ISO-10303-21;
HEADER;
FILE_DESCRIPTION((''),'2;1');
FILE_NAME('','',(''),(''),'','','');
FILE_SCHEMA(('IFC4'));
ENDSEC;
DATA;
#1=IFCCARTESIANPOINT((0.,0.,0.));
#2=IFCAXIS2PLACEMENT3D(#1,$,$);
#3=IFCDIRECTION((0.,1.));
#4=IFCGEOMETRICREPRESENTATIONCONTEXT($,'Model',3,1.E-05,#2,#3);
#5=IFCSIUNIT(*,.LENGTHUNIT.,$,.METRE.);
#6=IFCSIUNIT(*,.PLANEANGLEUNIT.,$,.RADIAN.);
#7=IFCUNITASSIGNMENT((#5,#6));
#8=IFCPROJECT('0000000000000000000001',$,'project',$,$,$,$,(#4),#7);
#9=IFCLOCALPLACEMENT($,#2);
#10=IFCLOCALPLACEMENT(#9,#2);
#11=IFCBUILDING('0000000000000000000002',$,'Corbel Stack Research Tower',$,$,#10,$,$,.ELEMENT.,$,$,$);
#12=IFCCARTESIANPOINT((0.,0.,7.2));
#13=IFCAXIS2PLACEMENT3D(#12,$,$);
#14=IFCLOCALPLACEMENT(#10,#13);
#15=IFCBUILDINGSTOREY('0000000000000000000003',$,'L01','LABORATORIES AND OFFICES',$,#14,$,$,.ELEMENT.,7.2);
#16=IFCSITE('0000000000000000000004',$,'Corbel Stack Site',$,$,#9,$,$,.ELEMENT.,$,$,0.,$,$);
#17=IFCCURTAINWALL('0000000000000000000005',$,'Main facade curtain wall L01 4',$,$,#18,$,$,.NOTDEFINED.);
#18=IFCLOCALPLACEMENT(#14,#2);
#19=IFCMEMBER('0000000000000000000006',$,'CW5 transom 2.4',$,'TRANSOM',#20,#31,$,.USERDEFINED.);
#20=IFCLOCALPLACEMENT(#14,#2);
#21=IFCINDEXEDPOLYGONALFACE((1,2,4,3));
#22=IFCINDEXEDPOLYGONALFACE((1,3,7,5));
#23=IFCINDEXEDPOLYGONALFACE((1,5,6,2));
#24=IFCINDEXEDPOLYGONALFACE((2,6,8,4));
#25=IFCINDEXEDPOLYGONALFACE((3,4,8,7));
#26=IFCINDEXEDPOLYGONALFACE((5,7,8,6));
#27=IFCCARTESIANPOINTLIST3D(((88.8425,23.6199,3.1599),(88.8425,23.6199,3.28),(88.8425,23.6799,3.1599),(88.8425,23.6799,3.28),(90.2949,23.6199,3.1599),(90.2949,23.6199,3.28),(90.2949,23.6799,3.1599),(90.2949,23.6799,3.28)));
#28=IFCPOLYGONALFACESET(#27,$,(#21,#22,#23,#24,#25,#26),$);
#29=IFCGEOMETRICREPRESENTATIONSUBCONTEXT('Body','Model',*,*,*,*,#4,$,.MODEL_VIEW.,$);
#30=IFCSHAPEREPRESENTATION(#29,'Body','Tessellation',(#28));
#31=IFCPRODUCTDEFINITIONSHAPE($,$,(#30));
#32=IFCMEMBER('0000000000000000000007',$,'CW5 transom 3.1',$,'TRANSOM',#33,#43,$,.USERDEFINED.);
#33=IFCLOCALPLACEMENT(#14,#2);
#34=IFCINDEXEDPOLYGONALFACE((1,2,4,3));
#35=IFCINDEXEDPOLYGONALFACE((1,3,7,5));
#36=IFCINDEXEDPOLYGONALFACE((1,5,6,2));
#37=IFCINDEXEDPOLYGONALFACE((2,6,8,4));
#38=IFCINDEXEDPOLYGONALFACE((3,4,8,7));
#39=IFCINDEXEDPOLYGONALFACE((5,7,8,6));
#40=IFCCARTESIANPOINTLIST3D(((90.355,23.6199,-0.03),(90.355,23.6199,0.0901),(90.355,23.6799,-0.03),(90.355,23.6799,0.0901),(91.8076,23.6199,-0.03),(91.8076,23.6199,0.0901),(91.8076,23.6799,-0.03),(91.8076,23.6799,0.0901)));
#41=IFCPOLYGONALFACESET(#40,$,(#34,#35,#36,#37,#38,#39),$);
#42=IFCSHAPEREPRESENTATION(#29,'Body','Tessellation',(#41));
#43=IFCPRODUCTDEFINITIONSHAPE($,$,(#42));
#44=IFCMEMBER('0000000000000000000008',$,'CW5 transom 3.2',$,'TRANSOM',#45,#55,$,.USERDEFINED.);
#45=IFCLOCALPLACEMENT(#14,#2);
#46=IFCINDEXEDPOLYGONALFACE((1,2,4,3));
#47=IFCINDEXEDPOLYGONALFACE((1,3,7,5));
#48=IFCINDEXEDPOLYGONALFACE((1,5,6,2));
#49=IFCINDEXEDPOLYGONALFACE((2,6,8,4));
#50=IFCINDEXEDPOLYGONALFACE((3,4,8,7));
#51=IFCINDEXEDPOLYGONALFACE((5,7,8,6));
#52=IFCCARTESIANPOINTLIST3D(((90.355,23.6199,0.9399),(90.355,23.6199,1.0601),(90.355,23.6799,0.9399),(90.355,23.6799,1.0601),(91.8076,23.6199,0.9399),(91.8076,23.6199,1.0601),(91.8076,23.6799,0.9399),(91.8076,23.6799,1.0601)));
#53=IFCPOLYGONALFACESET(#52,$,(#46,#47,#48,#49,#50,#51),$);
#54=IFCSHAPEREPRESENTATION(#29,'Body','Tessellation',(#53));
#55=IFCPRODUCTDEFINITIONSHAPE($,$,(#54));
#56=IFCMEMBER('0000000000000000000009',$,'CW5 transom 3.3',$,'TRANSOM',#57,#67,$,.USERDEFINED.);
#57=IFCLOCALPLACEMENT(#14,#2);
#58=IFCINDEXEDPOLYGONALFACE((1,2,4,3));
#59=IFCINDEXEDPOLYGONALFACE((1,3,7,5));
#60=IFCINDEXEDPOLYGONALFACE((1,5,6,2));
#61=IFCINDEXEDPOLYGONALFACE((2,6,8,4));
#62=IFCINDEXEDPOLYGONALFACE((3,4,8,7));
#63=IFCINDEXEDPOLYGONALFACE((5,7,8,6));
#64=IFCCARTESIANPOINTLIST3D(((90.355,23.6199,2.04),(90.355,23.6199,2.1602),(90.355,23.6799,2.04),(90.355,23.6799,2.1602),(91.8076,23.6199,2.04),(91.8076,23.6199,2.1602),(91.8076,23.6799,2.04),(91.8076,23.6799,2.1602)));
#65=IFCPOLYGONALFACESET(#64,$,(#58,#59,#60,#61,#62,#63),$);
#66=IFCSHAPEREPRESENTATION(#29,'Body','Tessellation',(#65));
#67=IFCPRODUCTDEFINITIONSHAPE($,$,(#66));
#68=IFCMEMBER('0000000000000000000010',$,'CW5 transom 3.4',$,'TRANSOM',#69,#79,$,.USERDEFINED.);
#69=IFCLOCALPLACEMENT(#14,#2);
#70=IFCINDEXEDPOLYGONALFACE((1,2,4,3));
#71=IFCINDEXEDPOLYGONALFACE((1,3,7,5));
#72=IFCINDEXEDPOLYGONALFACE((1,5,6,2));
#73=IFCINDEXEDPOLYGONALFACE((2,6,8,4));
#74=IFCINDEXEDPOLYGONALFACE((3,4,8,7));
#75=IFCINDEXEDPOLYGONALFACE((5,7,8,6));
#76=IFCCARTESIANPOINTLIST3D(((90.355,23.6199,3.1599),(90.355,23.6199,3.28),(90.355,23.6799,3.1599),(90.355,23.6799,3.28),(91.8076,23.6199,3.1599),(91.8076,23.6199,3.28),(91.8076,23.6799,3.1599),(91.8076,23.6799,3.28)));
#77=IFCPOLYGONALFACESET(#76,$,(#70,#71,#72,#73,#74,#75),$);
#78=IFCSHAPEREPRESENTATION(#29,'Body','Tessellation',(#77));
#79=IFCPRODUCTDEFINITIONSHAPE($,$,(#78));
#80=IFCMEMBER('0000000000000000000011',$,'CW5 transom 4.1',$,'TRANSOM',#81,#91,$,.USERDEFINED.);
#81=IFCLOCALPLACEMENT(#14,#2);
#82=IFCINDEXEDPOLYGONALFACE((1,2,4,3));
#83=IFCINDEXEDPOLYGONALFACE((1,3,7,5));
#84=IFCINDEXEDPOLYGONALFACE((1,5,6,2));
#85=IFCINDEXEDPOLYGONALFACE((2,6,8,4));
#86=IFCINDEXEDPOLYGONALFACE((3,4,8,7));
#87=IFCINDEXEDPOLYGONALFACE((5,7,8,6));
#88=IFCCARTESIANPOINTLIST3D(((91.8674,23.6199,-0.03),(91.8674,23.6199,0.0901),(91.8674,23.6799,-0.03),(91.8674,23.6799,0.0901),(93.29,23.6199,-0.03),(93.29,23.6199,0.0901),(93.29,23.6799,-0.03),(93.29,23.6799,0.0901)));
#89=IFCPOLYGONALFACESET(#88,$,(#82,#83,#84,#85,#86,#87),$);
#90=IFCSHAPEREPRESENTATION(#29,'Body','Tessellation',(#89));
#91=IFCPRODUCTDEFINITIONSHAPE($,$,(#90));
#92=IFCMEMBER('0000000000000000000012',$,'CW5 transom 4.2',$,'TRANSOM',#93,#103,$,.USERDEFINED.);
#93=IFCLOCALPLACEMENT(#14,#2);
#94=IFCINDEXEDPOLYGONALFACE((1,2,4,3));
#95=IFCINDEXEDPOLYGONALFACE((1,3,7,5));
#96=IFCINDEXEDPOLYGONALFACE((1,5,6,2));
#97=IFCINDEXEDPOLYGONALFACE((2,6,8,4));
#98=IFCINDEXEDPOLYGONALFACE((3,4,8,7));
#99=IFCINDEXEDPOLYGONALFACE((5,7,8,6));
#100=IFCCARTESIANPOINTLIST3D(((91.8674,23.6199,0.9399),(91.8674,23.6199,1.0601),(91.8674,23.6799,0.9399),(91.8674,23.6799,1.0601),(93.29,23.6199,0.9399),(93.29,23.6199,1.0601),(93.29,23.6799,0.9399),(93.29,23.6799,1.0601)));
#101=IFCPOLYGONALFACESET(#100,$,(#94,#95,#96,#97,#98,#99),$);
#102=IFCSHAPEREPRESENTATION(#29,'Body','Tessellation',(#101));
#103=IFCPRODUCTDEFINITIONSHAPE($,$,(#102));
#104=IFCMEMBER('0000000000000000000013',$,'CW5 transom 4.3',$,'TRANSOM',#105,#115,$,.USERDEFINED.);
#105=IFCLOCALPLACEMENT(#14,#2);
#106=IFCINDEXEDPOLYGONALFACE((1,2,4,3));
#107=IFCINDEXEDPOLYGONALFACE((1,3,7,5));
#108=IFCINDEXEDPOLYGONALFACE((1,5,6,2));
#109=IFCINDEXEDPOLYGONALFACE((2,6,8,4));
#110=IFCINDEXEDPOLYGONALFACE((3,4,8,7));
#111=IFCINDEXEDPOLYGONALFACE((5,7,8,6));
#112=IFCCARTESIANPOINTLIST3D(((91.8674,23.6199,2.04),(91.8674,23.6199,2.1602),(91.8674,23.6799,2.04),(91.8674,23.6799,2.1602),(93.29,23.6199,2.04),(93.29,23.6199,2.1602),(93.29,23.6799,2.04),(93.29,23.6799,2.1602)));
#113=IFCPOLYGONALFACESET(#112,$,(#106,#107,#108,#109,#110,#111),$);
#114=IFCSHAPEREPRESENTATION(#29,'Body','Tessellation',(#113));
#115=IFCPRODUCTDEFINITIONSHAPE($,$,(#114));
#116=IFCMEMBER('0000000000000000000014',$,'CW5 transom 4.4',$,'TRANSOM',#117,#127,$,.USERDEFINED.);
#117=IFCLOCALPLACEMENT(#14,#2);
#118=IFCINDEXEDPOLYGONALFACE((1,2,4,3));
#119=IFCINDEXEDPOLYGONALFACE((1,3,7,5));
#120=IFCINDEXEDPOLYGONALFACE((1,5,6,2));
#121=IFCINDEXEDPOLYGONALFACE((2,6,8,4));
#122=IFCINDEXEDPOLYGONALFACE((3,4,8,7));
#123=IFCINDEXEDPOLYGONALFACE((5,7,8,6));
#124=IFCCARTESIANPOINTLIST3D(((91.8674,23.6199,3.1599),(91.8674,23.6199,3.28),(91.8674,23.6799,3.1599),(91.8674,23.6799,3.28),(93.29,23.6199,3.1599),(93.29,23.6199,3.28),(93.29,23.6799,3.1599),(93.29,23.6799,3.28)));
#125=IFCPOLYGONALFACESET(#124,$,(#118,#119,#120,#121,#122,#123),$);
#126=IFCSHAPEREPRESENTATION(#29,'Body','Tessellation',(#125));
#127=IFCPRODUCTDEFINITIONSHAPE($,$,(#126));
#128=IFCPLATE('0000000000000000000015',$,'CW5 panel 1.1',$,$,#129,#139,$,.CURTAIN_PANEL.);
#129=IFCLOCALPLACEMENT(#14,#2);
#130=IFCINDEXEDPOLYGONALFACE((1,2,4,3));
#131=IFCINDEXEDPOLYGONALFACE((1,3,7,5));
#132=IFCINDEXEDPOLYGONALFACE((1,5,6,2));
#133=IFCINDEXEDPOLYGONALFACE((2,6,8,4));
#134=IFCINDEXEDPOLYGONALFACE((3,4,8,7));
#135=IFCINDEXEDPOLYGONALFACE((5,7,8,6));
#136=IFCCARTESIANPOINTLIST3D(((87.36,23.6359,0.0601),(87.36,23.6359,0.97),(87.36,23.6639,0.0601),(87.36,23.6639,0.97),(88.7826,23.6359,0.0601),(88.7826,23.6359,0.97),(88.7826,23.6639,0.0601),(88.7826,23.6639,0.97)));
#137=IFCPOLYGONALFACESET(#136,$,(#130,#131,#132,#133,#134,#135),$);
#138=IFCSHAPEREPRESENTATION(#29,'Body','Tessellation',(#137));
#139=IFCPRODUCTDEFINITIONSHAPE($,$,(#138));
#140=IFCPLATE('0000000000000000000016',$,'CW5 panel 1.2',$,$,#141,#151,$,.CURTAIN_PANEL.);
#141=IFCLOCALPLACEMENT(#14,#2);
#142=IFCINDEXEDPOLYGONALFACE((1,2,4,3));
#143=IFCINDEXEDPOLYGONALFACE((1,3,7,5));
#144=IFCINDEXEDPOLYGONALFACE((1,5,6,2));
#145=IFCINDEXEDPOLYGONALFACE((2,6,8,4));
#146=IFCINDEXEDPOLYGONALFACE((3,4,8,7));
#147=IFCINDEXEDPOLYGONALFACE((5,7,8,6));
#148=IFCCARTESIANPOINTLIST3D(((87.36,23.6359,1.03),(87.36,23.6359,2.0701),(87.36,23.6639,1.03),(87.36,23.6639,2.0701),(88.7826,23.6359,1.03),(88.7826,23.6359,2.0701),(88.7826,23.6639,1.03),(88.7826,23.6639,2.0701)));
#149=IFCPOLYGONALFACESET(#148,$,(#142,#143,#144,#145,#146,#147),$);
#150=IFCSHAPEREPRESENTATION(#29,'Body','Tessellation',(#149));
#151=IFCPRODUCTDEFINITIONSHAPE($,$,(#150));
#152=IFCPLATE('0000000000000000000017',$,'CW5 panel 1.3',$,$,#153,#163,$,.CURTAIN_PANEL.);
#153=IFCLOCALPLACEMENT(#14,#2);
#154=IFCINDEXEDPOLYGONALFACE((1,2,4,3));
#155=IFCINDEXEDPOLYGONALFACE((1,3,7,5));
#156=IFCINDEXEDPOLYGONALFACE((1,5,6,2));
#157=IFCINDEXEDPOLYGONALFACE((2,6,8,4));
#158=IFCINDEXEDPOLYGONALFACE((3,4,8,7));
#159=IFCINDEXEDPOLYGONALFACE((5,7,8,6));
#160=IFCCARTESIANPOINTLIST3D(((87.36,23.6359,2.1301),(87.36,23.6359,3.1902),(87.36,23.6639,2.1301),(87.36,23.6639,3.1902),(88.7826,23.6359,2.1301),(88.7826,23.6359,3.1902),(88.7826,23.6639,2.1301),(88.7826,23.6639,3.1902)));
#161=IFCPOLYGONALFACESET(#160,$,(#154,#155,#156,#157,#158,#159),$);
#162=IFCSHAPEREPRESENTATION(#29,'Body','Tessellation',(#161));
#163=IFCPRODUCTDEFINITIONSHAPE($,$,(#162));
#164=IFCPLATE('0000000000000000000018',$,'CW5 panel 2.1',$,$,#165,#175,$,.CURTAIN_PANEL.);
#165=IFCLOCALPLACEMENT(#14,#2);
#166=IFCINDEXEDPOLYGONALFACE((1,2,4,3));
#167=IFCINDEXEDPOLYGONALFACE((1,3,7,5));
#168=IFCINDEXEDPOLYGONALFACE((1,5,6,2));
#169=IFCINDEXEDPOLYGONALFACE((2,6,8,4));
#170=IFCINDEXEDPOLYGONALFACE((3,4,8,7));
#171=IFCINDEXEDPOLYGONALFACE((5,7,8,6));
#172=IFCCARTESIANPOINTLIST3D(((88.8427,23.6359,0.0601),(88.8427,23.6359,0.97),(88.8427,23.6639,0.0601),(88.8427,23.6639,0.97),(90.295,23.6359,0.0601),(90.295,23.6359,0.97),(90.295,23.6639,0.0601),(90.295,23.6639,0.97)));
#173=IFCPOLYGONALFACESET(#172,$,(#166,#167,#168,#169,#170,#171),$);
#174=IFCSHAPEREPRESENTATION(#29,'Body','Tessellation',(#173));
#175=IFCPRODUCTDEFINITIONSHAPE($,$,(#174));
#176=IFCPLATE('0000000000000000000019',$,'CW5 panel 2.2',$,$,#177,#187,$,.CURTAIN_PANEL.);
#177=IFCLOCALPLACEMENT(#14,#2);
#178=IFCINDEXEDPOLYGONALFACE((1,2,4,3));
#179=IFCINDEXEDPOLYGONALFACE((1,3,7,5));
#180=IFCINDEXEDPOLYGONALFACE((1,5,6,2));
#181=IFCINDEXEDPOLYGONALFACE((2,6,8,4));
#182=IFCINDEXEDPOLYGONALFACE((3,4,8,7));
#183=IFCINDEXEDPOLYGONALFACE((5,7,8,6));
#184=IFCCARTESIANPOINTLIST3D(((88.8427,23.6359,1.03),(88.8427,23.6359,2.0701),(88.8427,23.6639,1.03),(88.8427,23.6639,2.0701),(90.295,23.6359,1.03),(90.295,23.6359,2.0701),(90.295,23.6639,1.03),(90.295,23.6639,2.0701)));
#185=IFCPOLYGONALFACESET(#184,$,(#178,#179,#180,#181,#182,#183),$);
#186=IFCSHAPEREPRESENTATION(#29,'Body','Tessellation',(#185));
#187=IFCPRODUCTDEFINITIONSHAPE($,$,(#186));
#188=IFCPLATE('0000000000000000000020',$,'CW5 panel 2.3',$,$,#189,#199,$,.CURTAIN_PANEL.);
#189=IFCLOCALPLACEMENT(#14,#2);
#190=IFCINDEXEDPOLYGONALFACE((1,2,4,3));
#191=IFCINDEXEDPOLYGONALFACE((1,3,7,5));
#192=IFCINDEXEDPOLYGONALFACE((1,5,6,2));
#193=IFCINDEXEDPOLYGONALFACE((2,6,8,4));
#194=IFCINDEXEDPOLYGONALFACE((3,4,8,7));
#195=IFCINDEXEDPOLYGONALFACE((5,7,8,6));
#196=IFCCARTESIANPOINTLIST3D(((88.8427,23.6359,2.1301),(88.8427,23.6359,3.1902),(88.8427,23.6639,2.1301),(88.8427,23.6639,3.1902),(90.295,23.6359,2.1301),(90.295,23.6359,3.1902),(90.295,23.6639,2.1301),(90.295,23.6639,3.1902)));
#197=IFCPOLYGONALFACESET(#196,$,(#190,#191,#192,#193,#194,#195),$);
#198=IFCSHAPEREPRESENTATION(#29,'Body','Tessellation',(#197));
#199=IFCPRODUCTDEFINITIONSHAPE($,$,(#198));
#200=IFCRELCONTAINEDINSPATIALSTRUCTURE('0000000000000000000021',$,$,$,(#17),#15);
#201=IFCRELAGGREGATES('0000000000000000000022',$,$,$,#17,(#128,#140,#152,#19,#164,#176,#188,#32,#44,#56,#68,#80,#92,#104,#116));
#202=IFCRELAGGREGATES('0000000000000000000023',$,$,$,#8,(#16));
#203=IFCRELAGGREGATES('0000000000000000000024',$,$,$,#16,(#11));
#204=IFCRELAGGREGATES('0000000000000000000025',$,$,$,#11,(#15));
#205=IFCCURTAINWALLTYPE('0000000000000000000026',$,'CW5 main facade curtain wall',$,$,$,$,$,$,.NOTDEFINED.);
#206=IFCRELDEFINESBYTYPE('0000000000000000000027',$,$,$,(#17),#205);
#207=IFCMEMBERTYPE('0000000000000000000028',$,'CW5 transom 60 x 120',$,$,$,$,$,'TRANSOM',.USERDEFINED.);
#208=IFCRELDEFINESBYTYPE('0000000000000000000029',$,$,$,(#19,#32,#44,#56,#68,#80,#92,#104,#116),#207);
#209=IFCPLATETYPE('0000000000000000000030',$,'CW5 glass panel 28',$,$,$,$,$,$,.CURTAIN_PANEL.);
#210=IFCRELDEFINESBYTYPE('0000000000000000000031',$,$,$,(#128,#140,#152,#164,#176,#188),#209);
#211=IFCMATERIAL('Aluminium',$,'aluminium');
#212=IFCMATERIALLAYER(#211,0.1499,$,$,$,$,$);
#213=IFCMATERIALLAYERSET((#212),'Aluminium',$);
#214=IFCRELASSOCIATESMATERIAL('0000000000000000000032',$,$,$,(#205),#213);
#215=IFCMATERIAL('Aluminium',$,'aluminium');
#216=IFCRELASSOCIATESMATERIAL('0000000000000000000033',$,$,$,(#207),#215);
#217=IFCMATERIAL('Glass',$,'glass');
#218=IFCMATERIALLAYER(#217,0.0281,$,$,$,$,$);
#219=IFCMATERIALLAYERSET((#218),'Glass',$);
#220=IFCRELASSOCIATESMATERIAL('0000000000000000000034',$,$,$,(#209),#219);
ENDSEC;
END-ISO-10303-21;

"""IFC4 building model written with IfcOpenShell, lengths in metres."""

from ifc_helpers import new_model, si_unit, direction, frame, origin, origin_2d, place, context, subcontext, project, spatial, rectangle, extrude, material, layer, layer_set, material_profile, profile_set, type_object, element, aggregate, save


model = new_model("IFC4")

# Units and contexts
model_context = context("Model", 3, precision=1e-05, world=origin(), true_north=direction((0.0, 1.0)))
body_context = subcontext(model_context, "Body", "Model", "MODEL_VIEW")
ifc_project = project(units=[si_unit("LENGTHUNIT", "METRE"), si_unit("PLANEANGLEUNIT", "RADIAN")], contexts=[model_context])

# Site, building, storey
site_placement = place(None, origin())
site = spatial("IfcSite", under=ifc_project, at=site_placement, Name="Corbel Stack Site", CompositionType="ELEMENT", RefElevation=0.0)
building_placement = place(site_placement, origin())
building = spatial("IfcBuilding", under=site, at=building_placement, Name="Corbel Stack Research Tower", CompositionType="ELEMENT")
storey_placement = place(building_placement, frame((0.0, 0.0, 7.2)))
storey = spatial("IfcBuildingStorey", under=building, at=storey_placement, Name="L01", Description="LABORATORIES AND OFFICES", CompositionType="ELEMENT", Elevation=7.2)

# Curtain wall, members, plates
ifc_material_1 = material(Name="Aluminium", Category="aluminium")
ifc_layer_1 = layer(ifc_material_1, 0.1499)
ifc_layer_set_1 = layer_set([ifc_layer_1], Name="Aluminium")
curtain_wall_type = type_object("IfcCurtainWallType", Name="CW5 main facade curtain wall", PredefinedType="NOTDEFINED", material=ifc_layer_set_1)
curtain_wall_placement = place(storey_placement, origin())
curtain_wall = element("IfcCurtainWall", 1, at=curtain_wall_placement, inside=storey, type_object=curtain_wall_type, Name="Main facade curtain wall L01 4", PredefinedType="NOTDEFINED")
ifc_material_2 = material(Name="Aluminium", Category="aluminium")
ifc_material_profile_1 = material_profile(ifc_material_2, rectangle(XDim=0.0601, YDim=0.1201, at=origin_2d()), Name="Transom 60 x 120")
ifc_profile_set_1 = profile_set([ifc_material_profile_1], Name="Aluminium")
member_type_1 = type_object("IfcMemberType", Name="CW5 transom 60 x 120", ElementType="TRANSOM", PredefinedType="USERDEFINED", material=ifc_profile_set_1)
member_1_placement = place(storey_placement, frame((88.8425, 23.6499, 3.22), z_axis=(1.0, 0.0, 0.0), x_axis=(0.0, 1.0, 0.0)))
member_1 = element("IfcMember", 2, at=member_1_placement, type_object=member_type_1, Name="CW5 transom 2.4", ObjectType="TRANSOM", PredefinedType="USERDEFINED", context=body_context, shape_type="SweptSolid", body=[
    extrude(rectangle(XDim=0.0601, YDim=0.1201, at=origin_2d()), origin(), (0.0, 0.0, 1.0), 1.4524),
])
member_2_placement = place(storey_placement, frame((90.355, 23.6499, 0.03), z_axis=(1.0, 0.0, 0.0), x_axis=(0.0, 1.0, 0.0)))
member_2 = element("IfcMember", 3, at=member_2_placement, type_object=member_type_1, Name="CW5 transom 3.1", ObjectType="TRANSOM", PredefinedType="USERDEFINED", context=body_context, shape_type="SweptSolid", body=[
    extrude(rectangle(XDim=0.0601, YDim=0.1201, at=origin_2d()), origin(), (0.0, 0.0, 1.0), 1.4526),
])
member_3_placement = place(storey_placement, frame((90.355, 23.6499, 1.0), z_axis=(1.0, 0.0, 0.0), x_axis=(0.0, 1.0, 0.0)))
member_3 = element("IfcMember", 4, at=member_3_placement, type_object=member_type_1, Name="CW5 transom 3.2", ObjectType="TRANSOM", PredefinedType="USERDEFINED", context=body_context, shape_type="SweptSolid", body=[
    extrude(rectangle(XDim=0.0601, YDim=0.1201, at=origin_2d()), origin(), (0.0, 0.0, 1.0), 1.4526),
])
member_4_placement = place(storey_placement, frame((90.355, 23.6499, 2.1001), z_axis=(1.0, 0.0, 0.0), x_axis=(0.0, 1.0, 0.0)))
member_4 = element("IfcMember", 5, at=member_4_placement, type_object=member_type_1, Name="CW5 transom 3.3", ObjectType="TRANSOM", PredefinedType="USERDEFINED", context=body_context, shape_type="SweptSolid", body=[
    extrude(rectangle(XDim=0.0601, YDim=0.1201, at=origin_2d()), origin(), (0.0, 0.0, 1.0), 1.4526),
])
member_5_placement = place(storey_placement, frame((90.355, 23.6499, 3.22), z_axis=(1.0, 0.0, 0.0), x_axis=(0.0, 1.0, 0.0)))
member_5 = element("IfcMember", 6, at=member_5_placement, type_object=member_type_1, Name="CW5 transom 3.4", ObjectType="TRANSOM", PredefinedType="USERDEFINED", context=body_context, shape_type="SweptSolid", body=[
    extrude(rectangle(XDim=0.0601, YDim=0.1201, at=origin_2d()), origin(), (0.0, 0.0, 1.0), 1.4526),
])
member_6_placement = place(storey_placement, frame((91.8674, 23.6499, 0.03), z_axis=(1.0, 0.0, 0.0), x_axis=(0.0, 1.0, 0.0)))
member_6 = element("IfcMember", 7, at=member_6_placement, type_object=member_type_1, Name="CW5 transom 4.1", ObjectType="TRANSOM", PredefinedType="USERDEFINED", context=body_context, shape_type="SweptSolid", body=[
    extrude(rectangle(XDim=0.0601, YDim=0.1201, at=origin_2d()), origin(), (0.0, 0.0, 1.0), 1.4226),
])
member_7_placement = place(storey_placement, frame((91.8674, 23.6499, 1.0), z_axis=(1.0, 0.0, 0.0), x_axis=(0.0, 1.0, 0.0)))
member_7 = element("IfcMember", 8, at=member_7_placement, type_object=member_type_1, Name="CW5 transom 4.2", ObjectType="TRANSOM", PredefinedType="USERDEFINED", context=body_context, shape_type="SweptSolid", body=[
    extrude(rectangle(XDim=0.0601, YDim=0.1201, at=origin_2d()), origin(), (0.0, 0.0, 1.0), 1.4226),
])
member_8_placement = place(storey_placement, frame((91.8674, 23.6499, 2.1001), z_axis=(1.0, 0.0, 0.0), x_axis=(0.0, 1.0, 0.0)))
member_8 = element("IfcMember", 9, at=member_8_placement, type_object=member_type_1, Name="CW5 transom 4.3", ObjectType="TRANSOM", PredefinedType="USERDEFINED", context=body_context, shape_type="SweptSolid", body=[
    extrude(rectangle(XDim=0.0601, YDim=0.1201, at=origin_2d()), origin(), (0.0, 0.0, 1.0), 1.4226),
])
member_9_placement = place(storey_placement, frame((91.8674, 23.6499, 3.22), z_axis=(1.0, 0.0, 0.0), x_axis=(0.0, 1.0, 0.0)))
member_9 = element("IfcMember", 10, at=member_9_placement, type_object=member_type_1, Name="CW5 transom 4.4", ObjectType="TRANSOM", PredefinedType="USERDEFINED", context=body_context, shape_type="SweptSolid", body=[
    extrude(rectangle(XDim=0.0601, YDim=0.1201, at=origin_2d()), origin(), (0.0, 0.0, 1.0), 1.4226),
])
ifc_material_3 = material(Name="Glass", Category="glass")
ifc_layer_2 = layer(ifc_material_3, 0.0281)
ifc_layer_set_2 = layer_set([ifc_layer_2], Name="Glass")
plate_type = type_object("IfcPlateType", Name="CW5 glass panel 28", PredefinedType="CURTAIN_PANEL", material=ifc_layer_set_2)
plate_1_placement = place(storey_placement, frame((88.0713, 23.6499, 0.0601), z_axis=(0.0, 0.0, 1.0), x_axis=(1.0, 0.0, 0.0)))
plate_1 = element("IfcPlate", 11, at=plate_1_placement, type_object=plate_type, Name="CW5 panel 1.1", PredefinedType="CURTAIN_PANEL", context=body_context, shape_type="SweptSolid", body=[
    extrude(rectangle(XDim=1.4226, YDim=0.0281, at=origin_2d()), origin(), (0.0, 0.0, 1.0), 0.9099),
])
plate_2_placement = place(storey_placement, frame((88.0713, 23.6499, 1.03), z_axis=(0.0, 0.0, 1.0), x_axis=(1.0, 0.0, 0.0)))
plate_2 = element("IfcPlate", 12, at=plate_2_placement, type_object=plate_type, Name="CW5 panel 1.2", PredefinedType="CURTAIN_PANEL", context=body_context, shape_type="SweptSolid", body=[
    extrude(rectangle(XDim=1.4226, YDim=0.0281, at=origin_2d()), origin(), (0.0, 0.0, 1.0), 1.04),
])
plate_3_placement = place(storey_placement, frame((88.0713, 23.6499, 2.1301), z_axis=(0.0, 0.0, 1.0), x_axis=(1.0, 0.0, 0.0)))
plate_3 = element("IfcPlate", 13, at=plate_3_placement, type_object=plate_type, Name="CW5 panel 1.3", PredefinedType="CURTAIN_PANEL", context=body_context, shape_type="SweptSolid", body=[
    extrude(rectangle(XDim=1.4226, YDim=0.0281, at=origin_2d()), origin(), (0.0, 0.0, 1.0), 1.0601),
])
plate_4_placement = place(storey_placement, frame((89.5688, 23.6499, 0.0601), z_axis=(0.0, 0.0, 1.0), x_axis=(1.0, 0.0, 0.0)))
plate_4 = element("IfcPlate", 14, at=plate_4_placement, type_object=plate_type, Name="CW5 panel 2.1", PredefinedType="CURTAIN_PANEL", context=body_context, shape_type="SweptSolid", body=[
    extrude(rectangle(XDim=1.4524, YDim=0.0281, at=origin_2d()), origin(), (0.0, 0.0, 1.0), 0.9099),
])
plate_5_placement = place(storey_placement, frame((89.5688, 23.6499, 1.03), z_axis=(0.0, 0.0, 1.0), x_axis=(1.0, 0.0, 0.0)))
plate_5 = element("IfcPlate", 15, at=plate_5_placement, type_object=plate_type, Name="CW5 panel 2.2", PredefinedType="CURTAIN_PANEL", context=body_context, shape_type="SweptSolid", body=[
    extrude(rectangle(XDim=1.4524, YDim=0.0281, at=origin_2d()), origin(), (0.0, 0.0, 1.0), 1.04),
])
plate_6_placement = place(storey_placement, frame((89.5688, 23.6499, 2.1301), z_axis=(0.0, 0.0, 1.0), x_axis=(1.0, 0.0, 0.0)))
plate_6 = element("IfcPlate", 16, at=plate_6_placement, type_object=plate_type, Name="CW5 panel 2.3", PredefinedType="CURTAIN_PANEL", context=body_context, shape_type="SweptSolid", body=[
    extrude(rectangle(XDim=1.4524, YDim=0.0281, at=origin_2d()), origin(), (0.0, 0.0, 1.0), 1.0601),
])
aggregate(curtain_wall, [plate_1, plate_2, plate_3, member_1, plate_4, plate_5, plate_6, member_2, member_3, member_4, member_5, member_6, member_7, member_8, member_9])

save(model, "model.ifc")
